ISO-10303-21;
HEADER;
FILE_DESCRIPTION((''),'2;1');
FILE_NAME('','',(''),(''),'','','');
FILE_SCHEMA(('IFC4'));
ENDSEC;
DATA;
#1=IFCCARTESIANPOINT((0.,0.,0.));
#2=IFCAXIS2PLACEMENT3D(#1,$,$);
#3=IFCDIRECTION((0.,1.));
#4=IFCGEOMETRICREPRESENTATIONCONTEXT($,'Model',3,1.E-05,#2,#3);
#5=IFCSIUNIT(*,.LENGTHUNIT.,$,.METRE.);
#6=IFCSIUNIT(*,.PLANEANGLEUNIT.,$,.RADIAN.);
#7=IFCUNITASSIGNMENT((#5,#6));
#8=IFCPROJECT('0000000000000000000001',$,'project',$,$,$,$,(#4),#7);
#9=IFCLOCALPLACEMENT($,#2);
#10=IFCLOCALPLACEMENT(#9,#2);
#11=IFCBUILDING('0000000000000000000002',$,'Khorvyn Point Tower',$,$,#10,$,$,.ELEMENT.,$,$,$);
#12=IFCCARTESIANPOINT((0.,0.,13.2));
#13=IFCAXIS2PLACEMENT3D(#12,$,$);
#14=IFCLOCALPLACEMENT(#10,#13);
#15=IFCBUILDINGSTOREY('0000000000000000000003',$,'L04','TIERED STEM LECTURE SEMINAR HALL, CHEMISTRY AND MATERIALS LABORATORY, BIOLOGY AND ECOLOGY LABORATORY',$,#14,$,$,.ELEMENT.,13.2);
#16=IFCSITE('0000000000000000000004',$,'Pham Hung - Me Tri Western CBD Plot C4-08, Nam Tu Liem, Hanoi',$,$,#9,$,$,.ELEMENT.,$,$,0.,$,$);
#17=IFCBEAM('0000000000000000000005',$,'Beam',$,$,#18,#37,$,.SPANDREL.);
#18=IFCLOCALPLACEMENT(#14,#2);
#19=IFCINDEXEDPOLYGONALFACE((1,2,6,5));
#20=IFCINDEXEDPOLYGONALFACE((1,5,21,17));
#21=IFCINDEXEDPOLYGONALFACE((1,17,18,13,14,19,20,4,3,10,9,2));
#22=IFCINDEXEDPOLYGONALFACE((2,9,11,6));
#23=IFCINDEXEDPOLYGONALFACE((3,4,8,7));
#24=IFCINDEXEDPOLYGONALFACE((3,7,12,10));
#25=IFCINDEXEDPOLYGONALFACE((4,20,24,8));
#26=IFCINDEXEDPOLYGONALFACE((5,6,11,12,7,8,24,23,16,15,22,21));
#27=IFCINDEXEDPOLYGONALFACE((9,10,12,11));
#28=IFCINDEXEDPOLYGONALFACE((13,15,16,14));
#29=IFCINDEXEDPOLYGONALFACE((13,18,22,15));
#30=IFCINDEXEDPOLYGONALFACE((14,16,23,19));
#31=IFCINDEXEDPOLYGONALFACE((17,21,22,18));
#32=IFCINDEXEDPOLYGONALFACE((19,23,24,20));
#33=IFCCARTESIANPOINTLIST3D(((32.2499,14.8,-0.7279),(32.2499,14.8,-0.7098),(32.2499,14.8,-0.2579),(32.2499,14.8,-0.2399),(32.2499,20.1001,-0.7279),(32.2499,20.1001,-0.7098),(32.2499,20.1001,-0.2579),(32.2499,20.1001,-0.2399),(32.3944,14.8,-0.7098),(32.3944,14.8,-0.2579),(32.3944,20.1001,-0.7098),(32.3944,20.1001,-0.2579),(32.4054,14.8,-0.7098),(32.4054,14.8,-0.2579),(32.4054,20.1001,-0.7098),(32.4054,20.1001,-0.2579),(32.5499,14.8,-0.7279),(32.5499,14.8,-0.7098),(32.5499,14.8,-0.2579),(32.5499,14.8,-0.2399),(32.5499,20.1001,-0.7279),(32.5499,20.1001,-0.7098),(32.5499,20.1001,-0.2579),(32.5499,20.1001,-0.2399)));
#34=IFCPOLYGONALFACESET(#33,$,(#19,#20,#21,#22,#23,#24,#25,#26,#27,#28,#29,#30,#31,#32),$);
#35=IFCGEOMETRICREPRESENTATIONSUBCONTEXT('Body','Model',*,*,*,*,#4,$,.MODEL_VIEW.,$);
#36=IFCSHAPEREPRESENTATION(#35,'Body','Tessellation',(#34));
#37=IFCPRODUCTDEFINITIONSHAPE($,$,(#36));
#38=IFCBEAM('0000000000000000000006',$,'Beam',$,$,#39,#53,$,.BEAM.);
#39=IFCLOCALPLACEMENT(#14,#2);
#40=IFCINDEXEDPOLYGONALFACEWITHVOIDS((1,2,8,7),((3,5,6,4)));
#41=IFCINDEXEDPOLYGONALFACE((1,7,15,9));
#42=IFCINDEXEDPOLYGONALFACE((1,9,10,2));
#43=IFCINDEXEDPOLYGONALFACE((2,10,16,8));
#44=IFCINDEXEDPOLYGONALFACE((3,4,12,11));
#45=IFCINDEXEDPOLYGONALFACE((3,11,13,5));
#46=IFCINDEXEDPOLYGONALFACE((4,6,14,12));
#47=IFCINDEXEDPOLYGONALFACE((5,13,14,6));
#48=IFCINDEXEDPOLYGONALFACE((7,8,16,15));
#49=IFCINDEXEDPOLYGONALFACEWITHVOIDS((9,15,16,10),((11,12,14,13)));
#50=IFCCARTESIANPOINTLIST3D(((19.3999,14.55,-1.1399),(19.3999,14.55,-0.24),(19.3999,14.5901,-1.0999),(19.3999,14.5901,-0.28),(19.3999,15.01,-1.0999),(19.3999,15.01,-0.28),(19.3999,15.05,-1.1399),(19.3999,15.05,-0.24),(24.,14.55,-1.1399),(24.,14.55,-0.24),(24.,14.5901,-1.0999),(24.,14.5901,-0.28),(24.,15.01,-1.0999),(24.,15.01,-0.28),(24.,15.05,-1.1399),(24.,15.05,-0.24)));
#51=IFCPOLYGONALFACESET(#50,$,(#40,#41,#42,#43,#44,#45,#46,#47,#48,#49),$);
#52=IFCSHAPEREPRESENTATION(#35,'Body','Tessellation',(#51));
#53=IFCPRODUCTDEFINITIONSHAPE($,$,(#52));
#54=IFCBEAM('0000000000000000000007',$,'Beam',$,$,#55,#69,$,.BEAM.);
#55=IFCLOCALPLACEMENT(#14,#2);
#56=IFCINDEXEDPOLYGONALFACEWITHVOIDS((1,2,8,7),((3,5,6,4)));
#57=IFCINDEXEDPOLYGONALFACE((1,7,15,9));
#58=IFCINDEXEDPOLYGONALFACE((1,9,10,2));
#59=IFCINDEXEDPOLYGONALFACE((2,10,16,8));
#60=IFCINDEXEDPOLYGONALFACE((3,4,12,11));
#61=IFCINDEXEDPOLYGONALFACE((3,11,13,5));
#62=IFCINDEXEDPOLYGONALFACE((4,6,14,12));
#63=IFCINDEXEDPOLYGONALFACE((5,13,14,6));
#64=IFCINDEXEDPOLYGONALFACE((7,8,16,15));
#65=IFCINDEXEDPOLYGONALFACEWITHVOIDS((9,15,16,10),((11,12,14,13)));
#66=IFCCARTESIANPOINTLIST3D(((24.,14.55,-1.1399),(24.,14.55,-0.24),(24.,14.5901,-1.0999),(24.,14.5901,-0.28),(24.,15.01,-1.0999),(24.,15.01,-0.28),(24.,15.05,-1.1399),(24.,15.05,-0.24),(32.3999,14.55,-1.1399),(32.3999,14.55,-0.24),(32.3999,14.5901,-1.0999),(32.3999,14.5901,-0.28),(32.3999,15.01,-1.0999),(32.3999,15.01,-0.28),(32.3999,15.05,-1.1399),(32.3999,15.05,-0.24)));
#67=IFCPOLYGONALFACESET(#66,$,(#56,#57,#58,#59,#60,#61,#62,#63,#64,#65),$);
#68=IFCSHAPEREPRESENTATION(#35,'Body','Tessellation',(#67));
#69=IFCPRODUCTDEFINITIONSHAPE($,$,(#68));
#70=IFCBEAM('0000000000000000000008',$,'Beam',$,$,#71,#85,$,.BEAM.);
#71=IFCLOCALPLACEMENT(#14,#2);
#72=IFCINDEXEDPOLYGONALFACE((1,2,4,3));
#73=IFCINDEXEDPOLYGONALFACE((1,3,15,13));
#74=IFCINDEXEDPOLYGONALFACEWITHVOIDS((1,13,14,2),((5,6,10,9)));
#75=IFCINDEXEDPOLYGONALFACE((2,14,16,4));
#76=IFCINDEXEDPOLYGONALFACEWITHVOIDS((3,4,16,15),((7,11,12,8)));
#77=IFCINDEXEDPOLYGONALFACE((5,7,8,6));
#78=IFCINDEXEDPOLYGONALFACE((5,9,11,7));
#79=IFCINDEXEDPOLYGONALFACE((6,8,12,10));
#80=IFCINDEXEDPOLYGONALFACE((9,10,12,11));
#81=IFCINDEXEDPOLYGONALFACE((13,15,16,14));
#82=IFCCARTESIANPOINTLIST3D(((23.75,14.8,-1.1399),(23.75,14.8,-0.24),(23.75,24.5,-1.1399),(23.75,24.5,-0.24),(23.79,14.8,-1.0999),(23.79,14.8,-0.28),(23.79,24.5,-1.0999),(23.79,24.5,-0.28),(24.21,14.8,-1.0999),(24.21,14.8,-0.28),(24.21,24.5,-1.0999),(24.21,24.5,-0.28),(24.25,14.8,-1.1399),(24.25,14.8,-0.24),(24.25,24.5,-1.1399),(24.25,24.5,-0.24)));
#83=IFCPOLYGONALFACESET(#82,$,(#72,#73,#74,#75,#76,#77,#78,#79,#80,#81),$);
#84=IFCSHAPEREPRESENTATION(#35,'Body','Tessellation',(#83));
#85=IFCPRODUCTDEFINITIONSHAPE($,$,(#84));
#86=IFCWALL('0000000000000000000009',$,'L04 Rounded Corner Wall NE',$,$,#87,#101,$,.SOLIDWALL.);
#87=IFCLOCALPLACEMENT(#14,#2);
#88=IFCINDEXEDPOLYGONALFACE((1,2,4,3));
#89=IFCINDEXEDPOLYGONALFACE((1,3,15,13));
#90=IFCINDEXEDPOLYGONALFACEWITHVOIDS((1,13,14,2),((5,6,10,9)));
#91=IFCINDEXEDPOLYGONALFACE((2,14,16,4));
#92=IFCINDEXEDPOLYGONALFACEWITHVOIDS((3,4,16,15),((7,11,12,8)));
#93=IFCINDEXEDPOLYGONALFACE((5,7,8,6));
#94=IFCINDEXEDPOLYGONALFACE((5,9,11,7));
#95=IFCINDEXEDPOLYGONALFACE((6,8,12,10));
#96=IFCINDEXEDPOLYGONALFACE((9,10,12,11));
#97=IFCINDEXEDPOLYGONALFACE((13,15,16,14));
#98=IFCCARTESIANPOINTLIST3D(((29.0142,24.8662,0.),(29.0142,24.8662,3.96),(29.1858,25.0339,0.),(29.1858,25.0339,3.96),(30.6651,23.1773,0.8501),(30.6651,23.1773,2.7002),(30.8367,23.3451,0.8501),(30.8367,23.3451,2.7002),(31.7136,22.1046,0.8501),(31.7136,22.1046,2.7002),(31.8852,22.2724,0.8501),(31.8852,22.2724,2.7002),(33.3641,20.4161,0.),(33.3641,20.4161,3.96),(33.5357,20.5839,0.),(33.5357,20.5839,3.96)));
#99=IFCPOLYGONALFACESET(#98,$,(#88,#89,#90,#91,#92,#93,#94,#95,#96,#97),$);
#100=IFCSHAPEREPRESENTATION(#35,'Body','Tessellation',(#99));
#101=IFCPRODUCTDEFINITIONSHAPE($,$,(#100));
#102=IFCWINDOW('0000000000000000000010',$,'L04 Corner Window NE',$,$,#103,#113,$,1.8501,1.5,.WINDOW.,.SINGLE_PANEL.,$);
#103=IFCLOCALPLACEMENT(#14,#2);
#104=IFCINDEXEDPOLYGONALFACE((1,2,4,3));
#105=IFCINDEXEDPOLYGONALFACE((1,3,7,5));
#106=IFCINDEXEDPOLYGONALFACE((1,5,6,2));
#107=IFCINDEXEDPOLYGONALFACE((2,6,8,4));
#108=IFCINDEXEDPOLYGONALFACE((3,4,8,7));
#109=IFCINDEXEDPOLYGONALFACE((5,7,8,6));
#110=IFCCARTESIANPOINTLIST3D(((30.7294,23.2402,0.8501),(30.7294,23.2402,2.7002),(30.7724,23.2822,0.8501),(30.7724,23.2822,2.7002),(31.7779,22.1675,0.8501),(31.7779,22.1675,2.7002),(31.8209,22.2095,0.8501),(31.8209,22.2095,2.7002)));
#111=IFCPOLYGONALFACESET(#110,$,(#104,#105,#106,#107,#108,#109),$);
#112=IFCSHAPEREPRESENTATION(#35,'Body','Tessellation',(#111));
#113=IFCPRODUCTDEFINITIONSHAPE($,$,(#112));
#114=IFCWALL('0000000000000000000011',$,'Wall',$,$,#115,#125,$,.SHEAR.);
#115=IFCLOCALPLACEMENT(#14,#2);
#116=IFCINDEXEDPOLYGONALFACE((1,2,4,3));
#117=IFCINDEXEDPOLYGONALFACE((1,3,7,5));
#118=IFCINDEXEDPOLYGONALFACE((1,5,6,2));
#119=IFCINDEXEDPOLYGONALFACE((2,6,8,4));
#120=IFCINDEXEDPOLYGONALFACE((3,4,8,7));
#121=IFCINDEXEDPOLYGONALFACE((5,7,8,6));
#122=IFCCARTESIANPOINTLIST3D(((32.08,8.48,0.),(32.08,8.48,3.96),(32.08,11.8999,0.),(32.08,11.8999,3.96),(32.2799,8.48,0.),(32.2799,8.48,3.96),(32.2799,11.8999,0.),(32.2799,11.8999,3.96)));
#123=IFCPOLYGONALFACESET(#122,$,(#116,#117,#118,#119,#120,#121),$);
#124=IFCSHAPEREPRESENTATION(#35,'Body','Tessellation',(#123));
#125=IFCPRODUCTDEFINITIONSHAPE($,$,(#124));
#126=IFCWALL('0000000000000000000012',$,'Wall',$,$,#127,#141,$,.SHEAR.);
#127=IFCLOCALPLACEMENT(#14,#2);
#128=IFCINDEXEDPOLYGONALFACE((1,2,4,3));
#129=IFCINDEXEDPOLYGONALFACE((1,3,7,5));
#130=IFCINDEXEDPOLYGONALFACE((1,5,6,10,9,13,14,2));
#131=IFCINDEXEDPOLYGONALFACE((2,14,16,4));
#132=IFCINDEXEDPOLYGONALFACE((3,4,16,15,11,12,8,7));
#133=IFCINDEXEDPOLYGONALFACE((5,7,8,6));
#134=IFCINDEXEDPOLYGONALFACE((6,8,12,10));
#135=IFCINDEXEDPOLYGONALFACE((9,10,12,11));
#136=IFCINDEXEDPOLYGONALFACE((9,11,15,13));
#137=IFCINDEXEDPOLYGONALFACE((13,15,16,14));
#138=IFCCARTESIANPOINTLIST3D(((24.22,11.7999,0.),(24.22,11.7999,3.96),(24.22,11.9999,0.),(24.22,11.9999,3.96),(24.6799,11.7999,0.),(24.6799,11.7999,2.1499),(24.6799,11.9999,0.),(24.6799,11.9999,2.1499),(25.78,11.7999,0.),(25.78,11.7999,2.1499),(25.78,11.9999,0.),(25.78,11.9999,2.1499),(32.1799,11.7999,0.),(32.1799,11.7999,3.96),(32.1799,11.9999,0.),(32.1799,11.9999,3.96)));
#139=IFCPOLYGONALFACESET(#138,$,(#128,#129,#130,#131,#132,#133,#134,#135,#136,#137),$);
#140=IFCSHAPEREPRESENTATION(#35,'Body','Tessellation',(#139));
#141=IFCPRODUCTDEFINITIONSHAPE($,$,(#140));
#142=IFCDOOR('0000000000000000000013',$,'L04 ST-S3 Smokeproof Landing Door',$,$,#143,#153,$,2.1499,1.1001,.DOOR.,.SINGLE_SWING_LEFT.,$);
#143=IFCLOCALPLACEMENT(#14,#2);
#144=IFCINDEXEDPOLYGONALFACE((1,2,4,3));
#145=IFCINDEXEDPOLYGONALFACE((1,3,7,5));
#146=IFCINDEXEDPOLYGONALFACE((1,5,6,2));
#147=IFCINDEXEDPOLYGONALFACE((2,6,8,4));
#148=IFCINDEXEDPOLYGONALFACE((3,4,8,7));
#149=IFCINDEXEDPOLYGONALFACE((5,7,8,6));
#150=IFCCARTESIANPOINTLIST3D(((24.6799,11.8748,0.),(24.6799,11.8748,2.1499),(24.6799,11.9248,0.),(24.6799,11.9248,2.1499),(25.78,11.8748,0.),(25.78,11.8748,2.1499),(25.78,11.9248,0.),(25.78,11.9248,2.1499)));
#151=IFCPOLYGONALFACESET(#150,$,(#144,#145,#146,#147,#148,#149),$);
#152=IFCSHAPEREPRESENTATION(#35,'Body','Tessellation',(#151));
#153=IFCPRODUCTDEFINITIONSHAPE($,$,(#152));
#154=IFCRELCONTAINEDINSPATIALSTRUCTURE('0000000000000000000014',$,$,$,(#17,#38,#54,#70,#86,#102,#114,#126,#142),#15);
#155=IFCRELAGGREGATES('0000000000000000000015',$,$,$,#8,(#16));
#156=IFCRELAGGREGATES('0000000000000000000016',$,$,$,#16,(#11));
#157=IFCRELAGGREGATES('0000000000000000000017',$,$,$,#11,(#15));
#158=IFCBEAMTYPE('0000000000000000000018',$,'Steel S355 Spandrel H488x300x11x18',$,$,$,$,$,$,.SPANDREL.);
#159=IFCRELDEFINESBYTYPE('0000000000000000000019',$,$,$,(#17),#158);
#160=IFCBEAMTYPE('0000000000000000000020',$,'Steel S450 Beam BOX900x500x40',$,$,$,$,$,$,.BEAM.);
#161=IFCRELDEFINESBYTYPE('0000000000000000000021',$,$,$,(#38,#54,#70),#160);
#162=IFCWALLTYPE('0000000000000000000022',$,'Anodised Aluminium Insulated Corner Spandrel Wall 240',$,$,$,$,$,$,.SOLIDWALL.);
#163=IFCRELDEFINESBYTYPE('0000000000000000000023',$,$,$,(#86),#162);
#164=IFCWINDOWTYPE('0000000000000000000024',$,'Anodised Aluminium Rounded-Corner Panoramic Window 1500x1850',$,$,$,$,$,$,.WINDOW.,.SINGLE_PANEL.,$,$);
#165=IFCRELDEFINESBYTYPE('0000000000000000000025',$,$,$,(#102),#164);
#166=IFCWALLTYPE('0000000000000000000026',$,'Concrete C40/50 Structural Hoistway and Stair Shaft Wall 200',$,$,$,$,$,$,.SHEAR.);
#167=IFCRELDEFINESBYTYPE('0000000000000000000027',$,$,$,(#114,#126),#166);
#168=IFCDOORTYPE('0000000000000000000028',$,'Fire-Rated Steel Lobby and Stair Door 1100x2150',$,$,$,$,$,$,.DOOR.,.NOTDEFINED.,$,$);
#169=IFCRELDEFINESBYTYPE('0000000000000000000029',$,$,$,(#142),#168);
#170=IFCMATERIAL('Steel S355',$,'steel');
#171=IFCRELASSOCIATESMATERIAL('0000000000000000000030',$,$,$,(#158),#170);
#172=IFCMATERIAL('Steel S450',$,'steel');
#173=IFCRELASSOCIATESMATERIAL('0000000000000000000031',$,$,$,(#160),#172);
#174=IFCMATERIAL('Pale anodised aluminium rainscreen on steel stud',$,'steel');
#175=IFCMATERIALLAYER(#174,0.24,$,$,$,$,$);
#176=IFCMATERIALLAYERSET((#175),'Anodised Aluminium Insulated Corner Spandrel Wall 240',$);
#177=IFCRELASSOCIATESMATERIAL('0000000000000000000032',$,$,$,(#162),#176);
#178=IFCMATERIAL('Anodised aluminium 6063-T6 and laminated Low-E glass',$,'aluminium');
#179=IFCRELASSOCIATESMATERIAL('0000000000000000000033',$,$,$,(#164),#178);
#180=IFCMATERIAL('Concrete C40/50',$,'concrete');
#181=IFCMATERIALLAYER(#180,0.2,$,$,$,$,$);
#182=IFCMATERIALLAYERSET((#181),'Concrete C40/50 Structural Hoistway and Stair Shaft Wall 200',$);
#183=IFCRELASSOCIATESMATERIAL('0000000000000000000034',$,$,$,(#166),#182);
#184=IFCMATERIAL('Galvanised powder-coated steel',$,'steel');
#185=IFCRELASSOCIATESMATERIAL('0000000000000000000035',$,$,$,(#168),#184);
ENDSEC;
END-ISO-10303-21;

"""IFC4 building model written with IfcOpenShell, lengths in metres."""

from ifc_helpers import new_model, si_unit, direction, frame, frame_2d, origin, origin_2d, place, context, subcontext, project, spatial, rectangle, hollow_rectangle, i_section, extrude, material, layer, layer_set, material_profile, profile_set, type_object, element, fill, save


model = new_model("IFC4")

# Units and contexts
model_context = context("Model", 3, precision=1e-05, world=origin(), true_north=direction((0.0, 1.0)))
body_context = subcontext(model_context, "Body", "Model", "MODEL_VIEW")
ifc_project = project(units=[si_unit("LENGTHUNIT", "METRE"), si_unit("PLANEANGLEUNIT", "RADIAN")], contexts=[model_context])

# Site, building, storey
site_placement = place(None, origin())
site = spatial("IfcSite", under=ifc_project, at=site_placement, Name="Pham Hung - Me Tri Western CBD Plot C4-08, Nam Tu Liem, Hanoi", CompositionType="ELEMENT", RefElevation=0.0)
building_placement = place(site_placement, origin())
building = spatial("IfcBuilding", under=site, at=building_placement, Name="Khorvyn Point Tower", CompositionType="ELEMENT")
storey_placement = place(building_placement, frame((0.0, 0.0, 13.2)))
storey = spatial("IfcBuildingStorey", under=building, at=storey_placement, Name="L04", Description="TIERED STEM LECTURE SEMINAR HALL, CHEMISTRY AND MATERIALS LABORATORY, BIOLOGY AND ECOLOGY LABORATORY", CompositionType="ELEMENT", Elevation=13.2)

# Shared definitions
ifc_material_1 = material(Name="Concrete C40/50", Category="concrete")

# Beams
ifc_material_2 = material(Name="Steel S355", Category="steel")
ifc_material_profile_1 = material_profile(ifc_material_2, i_section(OverallWidth=0.3, OverallDepth=0.488, WebThickness=0.011, FlangeThickness=0.0181, at=origin_2d()))
ifc_profile_set_1 = profile_set([ifc_material_profile_1], Name="Steel S355 H488x300x11x18")
beam_type_1 = type_object("IfcBeamType", Name="Steel S355 Spandrel H488x300x11x18", PredefinedType="SPANDREL", material=ifc_profile_set_1)
beam_1_placement = place(storey_placement, frame((32.3999, 14.8, -0.4839), z_axis=(0.0, 1.0, 0.0), x_axis=(-1.0, 0.0, 0.0)))
element("IfcBeam", 1, at=beam_1_placement, inside=storey, type_object=beam_type_1, Name="Beam", PredefinedType="SPANDREL", context=body_context, shape_type="SweptSolid", body=[
    extrude(i_section(OverallWidth=0.3, OverallDepth=0.488, WebThickness=0.011, FlangeThickness=0.0181, at=origin_2d()), origin(), (0.0, 0.0, 1.0), 5.3),
])
ifc_material_3 = material(Name="Steel S450", Category="steel")
ifc_material_profile_2 = material_profile(ifc_material_3, hollow_rectangle(XDim=0.5, YDim=0.8999, WallThickness=0.04, at=origin_2d()))
ifc_profile_set_2 = profile_set([ifc_material_profile_2], Name="Steel S450 BOX900x500x40")
beam_type_2 = type_object("IfcBeamType", Name="Steel S450 Beam BOX900x500x40", PredefinedType="BEAM", material=ifc_profile_set_2)
beam_2_placement = place(storey_placement, frame((19.3999, 14.8, -0.6899), z_axis=(1.0, 0.0, 0.0), x_axis=(0.0, 1.0, 0.0)))
element("IfcBeam", 2, at=beam_2_placement, inside=storey, type_object=beam_type_2, Name="Beam", PredefinedType="BEAM", context=body_context, shape_type="SweptSolid", body=[
    extrude(hollow_rectangle(XDim=0.5, YDim=0.8999, WallThickness=0.04, at=origin_2d()), origin(), (0.0, 0.0, 1.0), 4.6001),
])
beam_3_placement = place(storey_placement, frame((24.0, 14.8, -0.6899), z_axis=(1.0, 0.0, 0.0), x_axis=(0.0, 1.0, 0.0)))
element("IfcBeam", 3, at=beam_3_placement, inside=storey, type_object=beam_type_2, Name="Beam", PredefinedType="BEAM", context=body_context, shape_type="SweptSolid", body=[
    extrude(hollow_rectangle(XDim=0.5, YDim=0.8999, WallThickness=0.04, at=origin_2d()), origin(), (0.0, 0.0, 1.0), 8.3999),
])
beam_4_placement = place(storey_placement, frame((24.0, 14.8, -0.6899), z_axis=(0.0, 1.0, 0.0), x_axis=(-1.0, 0.0, 0.0)))
element("IfcBeam", 4, at=beam_4_placement, inside=storey, type_object=beam_type_2, Name="Beam", PredefinedType="BEAM", context=body_context, shape_type="SweptSolid", body=[
    extrude(hollow_rectangle(XDim=0.5, YDim=0.8999, WallThickness=0.04, at=origin_2d()), origin(), (0.0, 0.0, 1.0), 9.7),
])

# Wall, opening, window
ifc_material_4 = material(Name="Pale anodised aluminium rainscreen on steel stud", Category="steel")
ifc_layer_1 = layer(ifc_material_4, 0.24)
ifc_layer_set_1 = layer_set([ifc_layer_1], Name="Anodised Aluminium Insulated Corner Spandrel Wall 240")
wall_type_1 = type_object("IfcWallType", Name="Anodised Aluminium Insulated Corner Spandrel Wall 240", PredefinedType="SOLIDWALL", material=ifc_layer_set_1)
wall_1_placement = place(storey_placement, frame((29.1001, 24.95, 0.0), z_axis=(0.0, 0.0, 1.0), x_axis=(0.699018, -0.715104, 0.0)))
wall_1 = element("IfcWall", 5, at=wall_1_placement, inside=storey, type_object=wall_type_1, Name="L04 Rounded Corner Wall NE", PredefinedType="SOLIDWALL", context=body_context, shape_type="SweptSolid", body=[
    extrude(rectangle(XDim=6.2229, YDim=0.24, at=frame_2d((3.1113, 0.0))), origin(), (0.0, 0.0, 1.0), 3.96),
])
opening_1_placement = place(wall_1_placement, frame((2.3616, 0.0, 0.8501)))
opening_1 = element("IfcOpeningElement", 6, at=opening_1_placement, cuts=wall_1, PredefinedType="OPENING", context=body_context, shape_type="SweptSolid", body=[
    extrude(rectangle(XDim=1.5, YDim=1.8501, at=frame_2d((0.75, 0.925))), frame((0.0, 0.1299, 0.0), z_axis=(0.0, -1.0, 0.0), x_axis=(1.0, 0.0, 0.0)), (0.0, 0.0, 1.0), 0.26),
])
ifc_material_5 = material(Name="Anodised aluminium 6063-T6 and laminated Low-E glass", Category="aluminium")
window_type = type_object("IfcWindowType", Name="Anodised Aluminium Rounded-Corner Panoramic Window 1500x1850", PartitioningType="SINGLE_PANEL", PredefinedType="WINDOW", material=ifc_material_5)
window_placement = place(opening_1_placement, origin())
window = element("IfcWindow", 7, at=window_placement, inside=storey, type_object=window_type, Name="L04 Corner Window NE", OverallHeight=1.8501, OverallWidth=1.5, PartitioningType="SINGLE_PANEL", PredefinedType="WINDOW", context=body_context, shape_type="SweptSolid", body=[
    extrude(rectangle(XDim=1.5, YDim=1.8501, at=frame_2d((0.75, 0.925))), frame((0.0, 0.03, 0.0), z_axis=(0.0, -1.0, 0.0), x_axis=(1.0, 0.0, 0.0)), (0.0, 0.0, 1.0), 0.0601),
])
fill(opening_1, window)

# Wall
ifc_layer_2 = layer(ifc_material_1, 0.2)
ifc_layer_set_2 = layer_set([ifc_layer_2], Name="Concrete C40/50 Structural Hoistway and Stair Shaft Wall 200")
wall_type_2 = type_object("IfcWallType", Name="Concrete C40/50 Structural Hoistway and Stair Shaft Wall 200", PredefinedType="SHEAR", material=ifc_layer_set_2)
wall_2_placement = place(storey_placement, frame((32.1799, 11.8999, 0.0), z_axis=(0.0, 0.0, 1.0), x_axis=(0.0, -1.0, 0.0)))
element("IfcWall", 8, at=wall_2_placement, inside=storey, type_object=wall_type_2, Name="Wall", PredefinedType="SHEAR", context=body_context, shape_type="SweptSolid", body=[
    extrude(rectangle(XDim=3.4199, YDim=0.2, at=frame_2d((1.71, 0.0))), origin(), (0.0, 0.0, 1.0), 3.96),
])

# Wall, opening, door
wall_3_placement = place(storey_placement, frame((24.22, 11.8999, 0.0), z_axis=(0.0, 0.0, 1.0), x_axis=(1.0, 0.0, 0.0)))
wall_3 = element("IfcWall", 9, at=wall_3_placement, inside=storey, type_object=wall_type_2, Name="Wall", PredefinedType="SHEAR", context=body_context, shape_type="SweptSolid", body=[
    extrude(rectangle(XDim=7.96, YDim=0.2, at=frame_2d((3.98, 0.0))), origin(), (0.0, 0.0, 1.0), 3.96),
])
opening_2_placement = place(wall_3_placement, frame((0.46, 0.0, 0.0)))
opening_2 = element("IfcOpeningElement", 10, at=opening_2_placement, cuts=wall_3, PredefinedType="OPENING", context=body_context, shape_type="SweptSolid", body=[
    extrude(rectangle(XDim=1.1001, YDim=2.1499, at=frame_2d((0.55, 1.075))), frame((0.0, 0.1099, 0.0), z_axis=(0.0, -1.0, 0.0), x_axis=(1.0, 0.0, 0.0)), (0.0, 0.0, 1.0), 0.22),
])
ifc_material_6 = material(Name="Galvanised powder-coated steel", Category="steel")
door_type_1 = type_object("IfcDoorType", Name="Fire-Rated Steel Lobby and Stair Door 1100x2150", OperationType="NOTDEFINED", PredefinedType="DOOR", material=ifc_material_6)
door_1_placement = place(opening_2_placement, origin())
door_1 = element("IfcDoor", 11, at=door_1_placement, inside=storey, type_object=door_type_1, Name="L04 ST-S3 Smokeproof Landing Door", OperationType="SINGLE_SWING_LEFT", OverallHeight=2.1499, OverallWidth=1.1001, PredefinedType="DOOR", context=body_context, shape_type="SweptSolid", body=[
    extrude(rectangle(XDim=1.1001, YDim=2.1499, at=frame_2d((0.55, 1.075))), frame((0.0, 0.0249, 0.0), z_axis=(0.0, -1.0, 0.0), x_axis=(1.0, 0.0, 0.0)), (0.0, 0.0, 1.0), 0.05),
])
fill(opening_2, door_1)

save(model, "model.ifc")
